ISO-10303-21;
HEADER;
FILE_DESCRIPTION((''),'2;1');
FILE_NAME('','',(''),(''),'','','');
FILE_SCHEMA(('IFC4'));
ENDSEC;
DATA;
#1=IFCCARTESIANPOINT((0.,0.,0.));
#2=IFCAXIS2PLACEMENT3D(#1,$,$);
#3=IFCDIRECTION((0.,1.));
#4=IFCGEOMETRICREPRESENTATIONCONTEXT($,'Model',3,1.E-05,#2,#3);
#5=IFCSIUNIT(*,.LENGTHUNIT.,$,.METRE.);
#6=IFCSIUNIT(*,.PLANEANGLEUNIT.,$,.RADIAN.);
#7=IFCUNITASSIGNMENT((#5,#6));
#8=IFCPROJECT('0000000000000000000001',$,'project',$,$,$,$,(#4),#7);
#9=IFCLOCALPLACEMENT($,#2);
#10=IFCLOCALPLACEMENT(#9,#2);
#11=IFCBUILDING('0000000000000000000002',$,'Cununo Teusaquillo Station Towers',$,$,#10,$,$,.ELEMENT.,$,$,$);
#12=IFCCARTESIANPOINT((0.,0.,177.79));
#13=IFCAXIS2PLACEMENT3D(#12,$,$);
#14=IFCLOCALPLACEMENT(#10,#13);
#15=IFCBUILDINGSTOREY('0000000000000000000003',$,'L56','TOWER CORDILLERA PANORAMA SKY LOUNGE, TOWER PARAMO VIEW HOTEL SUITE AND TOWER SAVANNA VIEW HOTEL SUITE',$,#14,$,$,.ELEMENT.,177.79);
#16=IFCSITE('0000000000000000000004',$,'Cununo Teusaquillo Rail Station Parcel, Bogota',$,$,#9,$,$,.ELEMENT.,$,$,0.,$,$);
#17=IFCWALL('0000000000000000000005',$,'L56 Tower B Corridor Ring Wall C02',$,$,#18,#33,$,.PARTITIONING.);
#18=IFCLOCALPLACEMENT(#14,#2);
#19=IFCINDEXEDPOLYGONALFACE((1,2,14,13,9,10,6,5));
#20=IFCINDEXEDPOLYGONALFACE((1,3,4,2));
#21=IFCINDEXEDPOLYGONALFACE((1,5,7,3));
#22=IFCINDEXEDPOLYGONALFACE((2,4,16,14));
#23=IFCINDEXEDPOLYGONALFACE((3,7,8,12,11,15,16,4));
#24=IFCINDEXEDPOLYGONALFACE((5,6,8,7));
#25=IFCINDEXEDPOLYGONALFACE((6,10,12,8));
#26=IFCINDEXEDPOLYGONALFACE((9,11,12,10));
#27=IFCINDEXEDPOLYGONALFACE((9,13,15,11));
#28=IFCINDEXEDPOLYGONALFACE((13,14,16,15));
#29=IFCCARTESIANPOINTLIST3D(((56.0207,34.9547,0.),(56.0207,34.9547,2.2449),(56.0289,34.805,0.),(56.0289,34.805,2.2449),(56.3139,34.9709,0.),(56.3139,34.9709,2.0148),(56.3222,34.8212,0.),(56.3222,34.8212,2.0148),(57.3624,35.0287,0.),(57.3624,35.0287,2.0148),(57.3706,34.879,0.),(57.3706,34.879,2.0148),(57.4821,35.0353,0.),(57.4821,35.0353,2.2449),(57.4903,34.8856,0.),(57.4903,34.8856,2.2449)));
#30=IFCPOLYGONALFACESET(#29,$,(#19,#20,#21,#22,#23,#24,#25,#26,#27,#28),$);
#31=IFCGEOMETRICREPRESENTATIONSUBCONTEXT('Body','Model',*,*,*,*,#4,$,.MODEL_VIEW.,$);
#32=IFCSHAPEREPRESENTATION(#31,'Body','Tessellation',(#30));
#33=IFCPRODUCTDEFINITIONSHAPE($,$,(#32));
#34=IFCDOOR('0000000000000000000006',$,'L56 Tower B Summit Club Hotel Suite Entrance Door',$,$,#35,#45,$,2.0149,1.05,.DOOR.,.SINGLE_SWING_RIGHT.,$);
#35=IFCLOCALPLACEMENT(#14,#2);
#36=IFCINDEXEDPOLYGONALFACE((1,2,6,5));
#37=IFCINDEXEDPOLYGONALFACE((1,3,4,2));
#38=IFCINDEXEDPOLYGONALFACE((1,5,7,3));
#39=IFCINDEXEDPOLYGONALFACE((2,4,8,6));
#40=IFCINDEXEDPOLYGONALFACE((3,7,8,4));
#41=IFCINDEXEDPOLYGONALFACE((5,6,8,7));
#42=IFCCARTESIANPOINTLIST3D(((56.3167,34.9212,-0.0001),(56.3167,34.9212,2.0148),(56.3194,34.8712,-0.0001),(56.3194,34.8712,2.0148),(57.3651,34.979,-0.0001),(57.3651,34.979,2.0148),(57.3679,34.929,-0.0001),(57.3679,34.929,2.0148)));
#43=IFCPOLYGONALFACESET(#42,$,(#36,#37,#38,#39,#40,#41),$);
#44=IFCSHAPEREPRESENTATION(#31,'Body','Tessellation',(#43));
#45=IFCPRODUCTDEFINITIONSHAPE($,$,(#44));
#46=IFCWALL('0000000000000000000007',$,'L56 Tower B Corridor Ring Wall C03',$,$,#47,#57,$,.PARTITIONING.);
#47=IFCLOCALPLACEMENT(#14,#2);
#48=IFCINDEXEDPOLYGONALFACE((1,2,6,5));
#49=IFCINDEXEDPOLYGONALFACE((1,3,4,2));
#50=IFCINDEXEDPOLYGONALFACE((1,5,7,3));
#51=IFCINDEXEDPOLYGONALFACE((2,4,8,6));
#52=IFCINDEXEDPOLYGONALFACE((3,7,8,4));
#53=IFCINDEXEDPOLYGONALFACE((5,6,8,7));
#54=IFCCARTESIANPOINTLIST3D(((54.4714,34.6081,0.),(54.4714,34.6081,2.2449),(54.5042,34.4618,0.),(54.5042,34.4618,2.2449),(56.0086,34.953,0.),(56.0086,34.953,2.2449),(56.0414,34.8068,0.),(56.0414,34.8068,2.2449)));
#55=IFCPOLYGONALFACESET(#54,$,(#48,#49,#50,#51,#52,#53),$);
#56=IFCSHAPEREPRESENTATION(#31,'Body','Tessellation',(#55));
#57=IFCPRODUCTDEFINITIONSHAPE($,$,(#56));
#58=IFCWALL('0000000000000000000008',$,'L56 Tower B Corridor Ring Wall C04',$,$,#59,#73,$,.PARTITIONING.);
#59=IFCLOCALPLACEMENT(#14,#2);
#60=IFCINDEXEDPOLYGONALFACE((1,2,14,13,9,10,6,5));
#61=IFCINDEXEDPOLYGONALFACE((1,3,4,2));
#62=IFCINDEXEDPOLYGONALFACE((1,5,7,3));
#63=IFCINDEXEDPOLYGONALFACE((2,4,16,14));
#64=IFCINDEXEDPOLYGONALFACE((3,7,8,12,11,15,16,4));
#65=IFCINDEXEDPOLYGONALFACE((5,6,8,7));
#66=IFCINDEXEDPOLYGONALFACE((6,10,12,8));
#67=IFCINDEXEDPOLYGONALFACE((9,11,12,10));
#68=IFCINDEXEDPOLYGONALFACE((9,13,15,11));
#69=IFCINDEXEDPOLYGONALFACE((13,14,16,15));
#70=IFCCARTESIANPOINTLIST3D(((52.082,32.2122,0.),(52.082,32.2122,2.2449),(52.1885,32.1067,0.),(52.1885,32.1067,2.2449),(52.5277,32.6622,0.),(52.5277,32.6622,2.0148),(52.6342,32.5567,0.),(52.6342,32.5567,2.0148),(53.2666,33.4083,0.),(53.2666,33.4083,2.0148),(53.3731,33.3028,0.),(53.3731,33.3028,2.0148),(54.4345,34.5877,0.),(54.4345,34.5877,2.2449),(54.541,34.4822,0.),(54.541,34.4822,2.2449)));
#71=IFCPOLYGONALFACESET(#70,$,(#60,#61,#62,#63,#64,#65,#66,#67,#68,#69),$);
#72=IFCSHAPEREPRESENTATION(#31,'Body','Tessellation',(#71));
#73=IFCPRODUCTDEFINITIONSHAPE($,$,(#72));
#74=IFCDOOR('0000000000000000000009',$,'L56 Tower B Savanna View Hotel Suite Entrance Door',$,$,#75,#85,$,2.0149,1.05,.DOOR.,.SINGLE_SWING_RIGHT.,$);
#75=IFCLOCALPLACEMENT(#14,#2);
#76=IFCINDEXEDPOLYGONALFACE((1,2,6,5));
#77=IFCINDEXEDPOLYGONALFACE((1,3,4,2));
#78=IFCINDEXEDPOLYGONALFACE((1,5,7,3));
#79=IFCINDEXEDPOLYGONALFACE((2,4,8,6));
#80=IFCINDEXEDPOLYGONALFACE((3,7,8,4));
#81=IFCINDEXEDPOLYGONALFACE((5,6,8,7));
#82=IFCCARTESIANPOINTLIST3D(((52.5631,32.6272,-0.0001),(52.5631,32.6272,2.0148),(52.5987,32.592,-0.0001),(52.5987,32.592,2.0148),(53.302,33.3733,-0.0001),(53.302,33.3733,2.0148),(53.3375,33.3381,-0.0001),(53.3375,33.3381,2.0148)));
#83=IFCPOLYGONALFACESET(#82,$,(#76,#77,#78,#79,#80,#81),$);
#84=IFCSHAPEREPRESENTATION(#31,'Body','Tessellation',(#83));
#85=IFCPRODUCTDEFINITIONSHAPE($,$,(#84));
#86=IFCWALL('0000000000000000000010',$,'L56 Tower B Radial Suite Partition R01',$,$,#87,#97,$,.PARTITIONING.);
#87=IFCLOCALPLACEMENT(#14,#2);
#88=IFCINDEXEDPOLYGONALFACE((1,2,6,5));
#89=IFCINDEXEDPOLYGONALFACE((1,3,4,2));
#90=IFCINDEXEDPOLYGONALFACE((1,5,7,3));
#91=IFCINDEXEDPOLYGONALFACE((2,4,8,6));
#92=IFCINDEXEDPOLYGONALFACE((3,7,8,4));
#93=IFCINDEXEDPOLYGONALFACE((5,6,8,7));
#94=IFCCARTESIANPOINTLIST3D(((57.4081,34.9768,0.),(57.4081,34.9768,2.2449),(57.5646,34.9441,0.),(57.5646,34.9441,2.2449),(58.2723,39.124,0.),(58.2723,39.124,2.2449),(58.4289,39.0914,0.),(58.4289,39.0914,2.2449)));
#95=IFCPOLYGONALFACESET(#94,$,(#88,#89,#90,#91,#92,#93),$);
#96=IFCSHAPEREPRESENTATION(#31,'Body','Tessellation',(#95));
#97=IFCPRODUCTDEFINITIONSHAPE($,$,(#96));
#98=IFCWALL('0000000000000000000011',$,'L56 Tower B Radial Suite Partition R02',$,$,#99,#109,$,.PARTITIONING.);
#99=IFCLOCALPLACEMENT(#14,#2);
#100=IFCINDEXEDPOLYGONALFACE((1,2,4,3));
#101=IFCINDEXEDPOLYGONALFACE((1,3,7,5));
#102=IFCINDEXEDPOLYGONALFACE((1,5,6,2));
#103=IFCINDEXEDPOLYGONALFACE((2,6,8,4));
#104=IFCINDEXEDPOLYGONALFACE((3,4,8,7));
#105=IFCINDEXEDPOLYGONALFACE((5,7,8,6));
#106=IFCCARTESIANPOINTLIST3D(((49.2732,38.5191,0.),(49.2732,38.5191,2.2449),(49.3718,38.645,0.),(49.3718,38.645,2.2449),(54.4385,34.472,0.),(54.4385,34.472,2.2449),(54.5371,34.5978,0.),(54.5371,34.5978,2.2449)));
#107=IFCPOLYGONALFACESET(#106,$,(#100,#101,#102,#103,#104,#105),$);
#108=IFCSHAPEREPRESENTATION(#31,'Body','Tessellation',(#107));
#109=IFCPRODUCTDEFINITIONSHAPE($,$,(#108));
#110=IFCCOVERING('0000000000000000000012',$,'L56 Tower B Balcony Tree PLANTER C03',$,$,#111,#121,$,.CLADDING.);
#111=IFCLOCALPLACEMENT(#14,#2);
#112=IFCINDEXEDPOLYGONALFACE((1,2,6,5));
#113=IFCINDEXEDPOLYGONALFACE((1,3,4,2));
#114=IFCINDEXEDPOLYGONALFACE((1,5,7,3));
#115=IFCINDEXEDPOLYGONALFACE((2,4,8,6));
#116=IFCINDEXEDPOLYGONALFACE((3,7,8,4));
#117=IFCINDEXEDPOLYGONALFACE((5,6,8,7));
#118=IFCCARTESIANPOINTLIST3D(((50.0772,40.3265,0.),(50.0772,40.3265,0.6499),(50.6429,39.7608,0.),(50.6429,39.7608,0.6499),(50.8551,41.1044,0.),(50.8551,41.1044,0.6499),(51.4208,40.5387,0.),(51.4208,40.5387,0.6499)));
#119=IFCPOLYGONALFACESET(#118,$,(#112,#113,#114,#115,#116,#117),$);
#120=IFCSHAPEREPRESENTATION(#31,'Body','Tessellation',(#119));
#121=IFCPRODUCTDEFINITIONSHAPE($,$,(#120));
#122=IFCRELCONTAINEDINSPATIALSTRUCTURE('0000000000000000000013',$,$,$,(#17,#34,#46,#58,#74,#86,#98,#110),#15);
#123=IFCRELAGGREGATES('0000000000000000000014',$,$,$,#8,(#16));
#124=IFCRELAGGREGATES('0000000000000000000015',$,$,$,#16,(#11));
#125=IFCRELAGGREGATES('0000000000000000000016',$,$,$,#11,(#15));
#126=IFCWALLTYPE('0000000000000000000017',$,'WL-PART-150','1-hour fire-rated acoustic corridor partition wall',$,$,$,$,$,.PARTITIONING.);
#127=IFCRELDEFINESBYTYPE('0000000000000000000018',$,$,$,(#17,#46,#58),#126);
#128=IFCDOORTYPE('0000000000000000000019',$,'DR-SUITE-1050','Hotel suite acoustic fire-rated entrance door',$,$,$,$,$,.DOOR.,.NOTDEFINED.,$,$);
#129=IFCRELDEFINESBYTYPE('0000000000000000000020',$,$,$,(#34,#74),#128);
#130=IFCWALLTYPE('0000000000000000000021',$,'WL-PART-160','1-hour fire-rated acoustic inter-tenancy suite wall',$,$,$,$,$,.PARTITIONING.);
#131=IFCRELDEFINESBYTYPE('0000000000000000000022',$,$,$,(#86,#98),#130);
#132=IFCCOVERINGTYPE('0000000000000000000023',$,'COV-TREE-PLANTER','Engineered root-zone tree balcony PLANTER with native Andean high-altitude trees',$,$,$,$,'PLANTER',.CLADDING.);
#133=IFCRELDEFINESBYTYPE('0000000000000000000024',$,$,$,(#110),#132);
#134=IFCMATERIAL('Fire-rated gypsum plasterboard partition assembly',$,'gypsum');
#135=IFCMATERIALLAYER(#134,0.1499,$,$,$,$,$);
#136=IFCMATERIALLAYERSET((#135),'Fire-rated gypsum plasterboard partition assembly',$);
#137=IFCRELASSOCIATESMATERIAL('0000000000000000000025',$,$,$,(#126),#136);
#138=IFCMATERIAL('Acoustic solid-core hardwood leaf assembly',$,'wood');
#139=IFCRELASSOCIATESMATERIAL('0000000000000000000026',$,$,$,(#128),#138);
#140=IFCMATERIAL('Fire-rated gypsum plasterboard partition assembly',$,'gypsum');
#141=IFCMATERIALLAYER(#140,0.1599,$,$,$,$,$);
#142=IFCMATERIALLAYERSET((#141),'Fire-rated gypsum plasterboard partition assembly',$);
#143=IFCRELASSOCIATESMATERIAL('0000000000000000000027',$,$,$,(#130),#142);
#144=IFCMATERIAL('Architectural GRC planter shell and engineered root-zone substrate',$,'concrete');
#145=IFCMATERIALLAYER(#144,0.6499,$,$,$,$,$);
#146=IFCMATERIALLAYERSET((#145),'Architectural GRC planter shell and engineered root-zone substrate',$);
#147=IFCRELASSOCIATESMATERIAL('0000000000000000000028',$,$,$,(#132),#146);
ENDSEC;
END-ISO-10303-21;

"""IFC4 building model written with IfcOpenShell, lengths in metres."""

from ifc_helpers import new_model, si_unit, direction, frame, frame_2d, origin, origin_2d, place, context, subcontext, project, spatial, rectangle, extrude, source, transform, mapped, material, layer, layer_set, type_object, element, fill, save


model = new_model("IFC4")

# Units and contexts
model_context = context("Model", 3, precision=1e-05, world=origin(), true_north=direction((0.0, 1.0)))
body_context = subcontext(model_context, "Body", "Model", "MODEL_VIEW")
ifc_project = project(units=[si_unit("LENGTHUNIT", "METRE"), si_unit("PLANEANGLEUNIT", "RADIAN")], contexts=[model_context])

# Site, building, storey
site_placement = place(None, origin())
site = spatial("IfcSite", under=ifc_project, at=site_placement, Name="Cununo Teusaquillo Rail Station Parcel, Bogota", CompositionType="ELEMENT", RefElevation=0.0)
building_placement = place(site_placement, origin())
building = spatial("IfcBuilding", under=site, at=building_placement, Name="Cununo Teusaquillo Station Towers", CompositionType="ELEMENT")
storey_placement = place(building_placement, frame((0.0, 0.0, 177.79)))
storey = spatial("IfcBuildingStorey", under=building, at=storey_placement, Name="L56", Description="TOWER CORDILLERA PANORAMA SKY LOUNGE, TOWER PARAMO VIEW HOTEL SUITE AND TOWER SAVANNA VIEW HOTEL SUITE", CompositionType="ELEMENT", Elevation=177.79)

# Wall, opening, door
ifc_material_1 = material(Name="Fire-rated gypsum plasterboard partition assembly", Category="gypsum")
ifc_layer_1 = layer(ifc_material_1, 0.1499)
ifc_layer_set_1 = layer_set([ifc_layer_1], Name="Fire-rated gypsum plasterboard partition assembly")
wall_type_1 = type_object("IfcWallType", Name="WL-PART-150", Description="1-hour fire-rated acoustic corridor partition wall", PredefinedType="PARTITIONING", material=ifc_layer_set_1)
wall_1_placement = place(storey_placement, frame((57.4863, 34.9604, 0.0), z_axis=(0.0, 0.0, 1.0), x_axis=(-0.998484, -0.055045, 0.0)))
wall_1 = element("IfcWall", 1, at=wall_1_placement, inside=storey, type_object=wall_type_1, Name="L56 Tower B Corridor Ring Wall C02", PredefinedType="PARTITIONING", context=body_context, shape_type="SweptSolid", body=[
    extrude(rectangle(XDim=1.4636, YDim=0.1499, at=frame_2d((0.7319, 0.0))), origin(), (0.0, 0.0, 1.0), 2.2449),
])
shared_shape_1 = source(origin(), body_context, "Body", "SweptSolid", [
    extrude(rectangle(XDim=1.05, YDim=2.0149, at=frame_2d((0.5249, 1.0073))), frame((0.0, 0.085, 0.0), z_axis=(0.0, -1.0, 0.0), x_axis=(1.0, 0.0, 0.0)), (0.0, 0.0, 1.0), 0.1699),
])
opening_1_placement = place(wall_1_placement, frame((0.1201, 0.0, 0.0)))
opening_1 = element("IfcOpeningElement", 2, at=opening_1_placement, cuts=wall_1, PredefinedType="OPENING", context=body_context, shape_type="MappedRepresentation", body=[
    mapped(shared_shape_1, transform((0.0, 0.0, 0.0), x_axis=(1.0, 0.0, 0.0), y_axis=(0.0, 1.0, 0.0), z_axis=(0.0, 0.0, 1.0), scale=1.0)),
])
ifc_material_2 = material(Name="Acoustic solid-core hardwood leaf assembly", Category="wood")
door_type_1 = type_object("IfcDoorType", Name="DR-SUITE-1050", Description="Hotel suite acoustic fire-rated entrance door", OperationType="NOTDEFINED", PredefinedType="DOOR", material=ifc_material_2)
shared_shape_2 = source(origin(), body_context, "Body", "SweptSolid", [
    extrude(rectangle(XDim=1.05, YDim=2.0149, at=frame_2d((0.5249, 1.0073))), frame((0.0, 0.0249, 0.0), z_axis=(0.0, -1.0, 0.0), x_axis=(1.0, 0.0, 0.0)), (0.0, 0.0, 1.0), 0.05),
])
door_1_placement = place(opening_1_placement, origin())
door_1 = element("IfcDoor", 3, at=door_1_placement, inside=storey, type_object=door_type_1, Name="L56 Tower B Summit Club Hotel Suite Entrance Door", OperationType="SINGLE_SWING_RIGHT", OverallHeight=2.0149, OverallWidth=1.05, PredefinedType="DOOR", context=body_context, shape_type="MappedRepresentation", body=[
    mapped(shared_shape_2, transform((0.0, 0.0, 0.0), x_axis=(1.0, 0.0, 0.0), y_axis=(0.0, 1.0, 0.0), z_axis=(0.0, 0.0, 1.0), scale=1.0)),
])
fill(opening_1, door_1)

# Wall
wall_2_placement = place(storey_placement, frame((56.0249, 34.8799, 0.0), z_axis=(0.0, 0.0, 1.0), x_axis=(-0.975729, -0.218981, 0.0)))
element("IfcWall", 4, at=wall_2_placement, inside=storey, type_object=wall_type_1, Name="L56 Tower B Corridor Ring Wall C03", PredefinedType="PARTITIONING", context=body_context, shape_type="SweptSolid", body=[
    extrude(rectangle(XDim=1.5754, YDim=0.1499, at=frame_2d((0.7876, 0.0))), origin(), (0.0, 0.0, 1.0), 2.2449),
])

# Wall, opening, door
wall_3_placement = place(storey_placement, frame((54.4878, 34.5349, 0.0), z_axis=(0.0, 0.0, 1.0), x_axis=(-0.703666, -0.710531, 0.0)))
wall_3 = element("IfcWall", 5, at=wall_3_placement, inside=storey, type_object=wall_type_1, Name="L56 Tower B Corridor Ring Wall C04", PredefinedType="PARTITIONING", context=body_context, shape_type="SweptSolid", body=[
    extrude(rectangle(XDim=3.3433, YDim=0.1499, at=frame_2d((1.6716, 0.0))), origin(), (0.0, 0.0, 1.0), 2.2449),
])
opening_2_placement = place(wall_3_placement, frame((1.6599, 0.0, 0.0)))
opening_2 = element("IfcOpeningElement", 6, at=opening_2_placement, cuts=wall_3, PredefinedType="OPENING", context=body_context, shape_type="MappedRepresentation", body=[
    mapped(shared_shape_1, transform((0.0, 0.0, 0.0), x_axis=(1.0, 0.0, 0.0), y_axis=(0.0, 1.0, 0.0), z_axis=(0.0, 0.0, 1.0), scale=1.0)),
])
door_2_placement = place(opening_2_placement, origin())
door_2 = element("IfcDoor", 7, at=door_2_placement, inside=storey, type_object=door_type_1, Name="L56 Tower B Savanna View Hotel Suite Entrance Door", OperationType="SINGLE_SWING_RIGHT", OverallHeight=2.0149, OverallWidth=1.05, PredefinedType="DOOR", context=body_context, shape_type="MappedRepresentation", body=[
    mapped(shared_shape_2, transform((0.0, 0.0, 0.0), x_axis=(1.0, 0.0, 0.0), y_axis=(0.0, 1.0, 0.0), z_axis=(0.0, 0.0, 1.0), scale=1.0)),
])
fill(opening_2, door_2)

# Walls
ifc_material_3 = material(Name="Fire-rated gypsum plasterboard partition assembly", Category="gypsum")
ifc_layer_2 = layer(ifc_material_3, 0.1599)
ifc_layer_set_2 = layer_set([ifc_layer_2], Name="Fire-rated gypsum plasterboard partition assembly")
wall_type_2 = type_object("IfcWallType", Name="WL-PART-160", Description="1-hour fire-rated acoustic inter-tenancy suite wall", PredefinedType="PARTITIONING", material=ifc_layer_set_2)
wall_4_placement = place(storey_placement, frame((57.4863, 34.9604, 0.0), z_axis=(0.0, 0.0, 1.0), x_axis=(0.204012, 0.978968, 0.0)))
element("IfcWall", 8, at=wall_4_placement, inside=storey, type_object=wall_type_2, Name="L56 Tower B Radial Suite Partition R01", PredefinedType="PARTITIONING", context=body_context, shape_type="SweptSolid", body=[
    extrude(rectangle(XDim=4.2363, YDim=0.1599, at=frame_2d((2.1182, 0.0))), origin(), (0.0, 0.0, 1.0), 2.2449),
])
wall_5_placement = place(storey_placement, frame((54.4878, 34.5349, 0.0), z_axis=(0.0, 0.0, 1.0), x_axis=(-0.787156, 0.616755, 0.0)))
element("IfcWall", 9, at=wall_5_placement, inside=storey, type_object=wall_type_2, Name="L56 Tower B Radial Suite Partition R02", PredefinedType="PARTITIONING", context=body_context, shape_type="SweptSolid", body=[
    extrude(rectangle(XDim=6.562, YDim=0.1599, at=frame_2d((3.281, 0.0))), origin(), (0.0, 0.0, 1.0), 2.2449),
])

# Covering
ifc_material_4 = material(Name="Architectural GRC planter shell and engineered root-zone substrate", Category="concrete")
ifc_layer_3 = layer(ifc_material_4, 0.6499)
ifc_layer_set_3 = layer_set([ifc_layer_3], Name="Architectural GRC planter shell and engineered root-zone substrate")
covering_type = type_object("IfcCoveringType", Name="COV-TREE-PLANTER", Description="Engineered root-zone tree balcony PLANTER with native Andean high-altitude trees", ElementType="PLANTER", PredefinedType="CLADDING", material=ifc_layer_set_3)
shared_shape_3 = source(origin(), body_context, "Body", "SweptSolid", [
    extrude(rectangle(XDim=1.1001, YDim=0.8, at=origin_2d()), origin(), (0.0, 0.0, 1.0), 0.6499),
])
covering_placement = place(storey_placement, frame((50.749, 40.4326, 0.0), z_axis=(0.0, 0.0, 1.0), x_axis=(0.707107, 0.707107, 0.0)))
element("IfcCovering", 10, at=covering_placement, inside=storey, type_object=covering_type, Name="L56 Tower B Balcony Tree PLANTER C03", PredefinedType="CLADDING", context=body_context, shape_type="MappedRepresentation", body=[
    mapped(shared_shape_3, transform((0.0, 0.0, 0.0), x_axis=(1.0, 0.0, 0.0), y_axis=(0.0, 1.0, 0.0), z_axis=(0.0, 0.0, 1.0), scale=1.0)),
])

save(model, "model.ifc")
